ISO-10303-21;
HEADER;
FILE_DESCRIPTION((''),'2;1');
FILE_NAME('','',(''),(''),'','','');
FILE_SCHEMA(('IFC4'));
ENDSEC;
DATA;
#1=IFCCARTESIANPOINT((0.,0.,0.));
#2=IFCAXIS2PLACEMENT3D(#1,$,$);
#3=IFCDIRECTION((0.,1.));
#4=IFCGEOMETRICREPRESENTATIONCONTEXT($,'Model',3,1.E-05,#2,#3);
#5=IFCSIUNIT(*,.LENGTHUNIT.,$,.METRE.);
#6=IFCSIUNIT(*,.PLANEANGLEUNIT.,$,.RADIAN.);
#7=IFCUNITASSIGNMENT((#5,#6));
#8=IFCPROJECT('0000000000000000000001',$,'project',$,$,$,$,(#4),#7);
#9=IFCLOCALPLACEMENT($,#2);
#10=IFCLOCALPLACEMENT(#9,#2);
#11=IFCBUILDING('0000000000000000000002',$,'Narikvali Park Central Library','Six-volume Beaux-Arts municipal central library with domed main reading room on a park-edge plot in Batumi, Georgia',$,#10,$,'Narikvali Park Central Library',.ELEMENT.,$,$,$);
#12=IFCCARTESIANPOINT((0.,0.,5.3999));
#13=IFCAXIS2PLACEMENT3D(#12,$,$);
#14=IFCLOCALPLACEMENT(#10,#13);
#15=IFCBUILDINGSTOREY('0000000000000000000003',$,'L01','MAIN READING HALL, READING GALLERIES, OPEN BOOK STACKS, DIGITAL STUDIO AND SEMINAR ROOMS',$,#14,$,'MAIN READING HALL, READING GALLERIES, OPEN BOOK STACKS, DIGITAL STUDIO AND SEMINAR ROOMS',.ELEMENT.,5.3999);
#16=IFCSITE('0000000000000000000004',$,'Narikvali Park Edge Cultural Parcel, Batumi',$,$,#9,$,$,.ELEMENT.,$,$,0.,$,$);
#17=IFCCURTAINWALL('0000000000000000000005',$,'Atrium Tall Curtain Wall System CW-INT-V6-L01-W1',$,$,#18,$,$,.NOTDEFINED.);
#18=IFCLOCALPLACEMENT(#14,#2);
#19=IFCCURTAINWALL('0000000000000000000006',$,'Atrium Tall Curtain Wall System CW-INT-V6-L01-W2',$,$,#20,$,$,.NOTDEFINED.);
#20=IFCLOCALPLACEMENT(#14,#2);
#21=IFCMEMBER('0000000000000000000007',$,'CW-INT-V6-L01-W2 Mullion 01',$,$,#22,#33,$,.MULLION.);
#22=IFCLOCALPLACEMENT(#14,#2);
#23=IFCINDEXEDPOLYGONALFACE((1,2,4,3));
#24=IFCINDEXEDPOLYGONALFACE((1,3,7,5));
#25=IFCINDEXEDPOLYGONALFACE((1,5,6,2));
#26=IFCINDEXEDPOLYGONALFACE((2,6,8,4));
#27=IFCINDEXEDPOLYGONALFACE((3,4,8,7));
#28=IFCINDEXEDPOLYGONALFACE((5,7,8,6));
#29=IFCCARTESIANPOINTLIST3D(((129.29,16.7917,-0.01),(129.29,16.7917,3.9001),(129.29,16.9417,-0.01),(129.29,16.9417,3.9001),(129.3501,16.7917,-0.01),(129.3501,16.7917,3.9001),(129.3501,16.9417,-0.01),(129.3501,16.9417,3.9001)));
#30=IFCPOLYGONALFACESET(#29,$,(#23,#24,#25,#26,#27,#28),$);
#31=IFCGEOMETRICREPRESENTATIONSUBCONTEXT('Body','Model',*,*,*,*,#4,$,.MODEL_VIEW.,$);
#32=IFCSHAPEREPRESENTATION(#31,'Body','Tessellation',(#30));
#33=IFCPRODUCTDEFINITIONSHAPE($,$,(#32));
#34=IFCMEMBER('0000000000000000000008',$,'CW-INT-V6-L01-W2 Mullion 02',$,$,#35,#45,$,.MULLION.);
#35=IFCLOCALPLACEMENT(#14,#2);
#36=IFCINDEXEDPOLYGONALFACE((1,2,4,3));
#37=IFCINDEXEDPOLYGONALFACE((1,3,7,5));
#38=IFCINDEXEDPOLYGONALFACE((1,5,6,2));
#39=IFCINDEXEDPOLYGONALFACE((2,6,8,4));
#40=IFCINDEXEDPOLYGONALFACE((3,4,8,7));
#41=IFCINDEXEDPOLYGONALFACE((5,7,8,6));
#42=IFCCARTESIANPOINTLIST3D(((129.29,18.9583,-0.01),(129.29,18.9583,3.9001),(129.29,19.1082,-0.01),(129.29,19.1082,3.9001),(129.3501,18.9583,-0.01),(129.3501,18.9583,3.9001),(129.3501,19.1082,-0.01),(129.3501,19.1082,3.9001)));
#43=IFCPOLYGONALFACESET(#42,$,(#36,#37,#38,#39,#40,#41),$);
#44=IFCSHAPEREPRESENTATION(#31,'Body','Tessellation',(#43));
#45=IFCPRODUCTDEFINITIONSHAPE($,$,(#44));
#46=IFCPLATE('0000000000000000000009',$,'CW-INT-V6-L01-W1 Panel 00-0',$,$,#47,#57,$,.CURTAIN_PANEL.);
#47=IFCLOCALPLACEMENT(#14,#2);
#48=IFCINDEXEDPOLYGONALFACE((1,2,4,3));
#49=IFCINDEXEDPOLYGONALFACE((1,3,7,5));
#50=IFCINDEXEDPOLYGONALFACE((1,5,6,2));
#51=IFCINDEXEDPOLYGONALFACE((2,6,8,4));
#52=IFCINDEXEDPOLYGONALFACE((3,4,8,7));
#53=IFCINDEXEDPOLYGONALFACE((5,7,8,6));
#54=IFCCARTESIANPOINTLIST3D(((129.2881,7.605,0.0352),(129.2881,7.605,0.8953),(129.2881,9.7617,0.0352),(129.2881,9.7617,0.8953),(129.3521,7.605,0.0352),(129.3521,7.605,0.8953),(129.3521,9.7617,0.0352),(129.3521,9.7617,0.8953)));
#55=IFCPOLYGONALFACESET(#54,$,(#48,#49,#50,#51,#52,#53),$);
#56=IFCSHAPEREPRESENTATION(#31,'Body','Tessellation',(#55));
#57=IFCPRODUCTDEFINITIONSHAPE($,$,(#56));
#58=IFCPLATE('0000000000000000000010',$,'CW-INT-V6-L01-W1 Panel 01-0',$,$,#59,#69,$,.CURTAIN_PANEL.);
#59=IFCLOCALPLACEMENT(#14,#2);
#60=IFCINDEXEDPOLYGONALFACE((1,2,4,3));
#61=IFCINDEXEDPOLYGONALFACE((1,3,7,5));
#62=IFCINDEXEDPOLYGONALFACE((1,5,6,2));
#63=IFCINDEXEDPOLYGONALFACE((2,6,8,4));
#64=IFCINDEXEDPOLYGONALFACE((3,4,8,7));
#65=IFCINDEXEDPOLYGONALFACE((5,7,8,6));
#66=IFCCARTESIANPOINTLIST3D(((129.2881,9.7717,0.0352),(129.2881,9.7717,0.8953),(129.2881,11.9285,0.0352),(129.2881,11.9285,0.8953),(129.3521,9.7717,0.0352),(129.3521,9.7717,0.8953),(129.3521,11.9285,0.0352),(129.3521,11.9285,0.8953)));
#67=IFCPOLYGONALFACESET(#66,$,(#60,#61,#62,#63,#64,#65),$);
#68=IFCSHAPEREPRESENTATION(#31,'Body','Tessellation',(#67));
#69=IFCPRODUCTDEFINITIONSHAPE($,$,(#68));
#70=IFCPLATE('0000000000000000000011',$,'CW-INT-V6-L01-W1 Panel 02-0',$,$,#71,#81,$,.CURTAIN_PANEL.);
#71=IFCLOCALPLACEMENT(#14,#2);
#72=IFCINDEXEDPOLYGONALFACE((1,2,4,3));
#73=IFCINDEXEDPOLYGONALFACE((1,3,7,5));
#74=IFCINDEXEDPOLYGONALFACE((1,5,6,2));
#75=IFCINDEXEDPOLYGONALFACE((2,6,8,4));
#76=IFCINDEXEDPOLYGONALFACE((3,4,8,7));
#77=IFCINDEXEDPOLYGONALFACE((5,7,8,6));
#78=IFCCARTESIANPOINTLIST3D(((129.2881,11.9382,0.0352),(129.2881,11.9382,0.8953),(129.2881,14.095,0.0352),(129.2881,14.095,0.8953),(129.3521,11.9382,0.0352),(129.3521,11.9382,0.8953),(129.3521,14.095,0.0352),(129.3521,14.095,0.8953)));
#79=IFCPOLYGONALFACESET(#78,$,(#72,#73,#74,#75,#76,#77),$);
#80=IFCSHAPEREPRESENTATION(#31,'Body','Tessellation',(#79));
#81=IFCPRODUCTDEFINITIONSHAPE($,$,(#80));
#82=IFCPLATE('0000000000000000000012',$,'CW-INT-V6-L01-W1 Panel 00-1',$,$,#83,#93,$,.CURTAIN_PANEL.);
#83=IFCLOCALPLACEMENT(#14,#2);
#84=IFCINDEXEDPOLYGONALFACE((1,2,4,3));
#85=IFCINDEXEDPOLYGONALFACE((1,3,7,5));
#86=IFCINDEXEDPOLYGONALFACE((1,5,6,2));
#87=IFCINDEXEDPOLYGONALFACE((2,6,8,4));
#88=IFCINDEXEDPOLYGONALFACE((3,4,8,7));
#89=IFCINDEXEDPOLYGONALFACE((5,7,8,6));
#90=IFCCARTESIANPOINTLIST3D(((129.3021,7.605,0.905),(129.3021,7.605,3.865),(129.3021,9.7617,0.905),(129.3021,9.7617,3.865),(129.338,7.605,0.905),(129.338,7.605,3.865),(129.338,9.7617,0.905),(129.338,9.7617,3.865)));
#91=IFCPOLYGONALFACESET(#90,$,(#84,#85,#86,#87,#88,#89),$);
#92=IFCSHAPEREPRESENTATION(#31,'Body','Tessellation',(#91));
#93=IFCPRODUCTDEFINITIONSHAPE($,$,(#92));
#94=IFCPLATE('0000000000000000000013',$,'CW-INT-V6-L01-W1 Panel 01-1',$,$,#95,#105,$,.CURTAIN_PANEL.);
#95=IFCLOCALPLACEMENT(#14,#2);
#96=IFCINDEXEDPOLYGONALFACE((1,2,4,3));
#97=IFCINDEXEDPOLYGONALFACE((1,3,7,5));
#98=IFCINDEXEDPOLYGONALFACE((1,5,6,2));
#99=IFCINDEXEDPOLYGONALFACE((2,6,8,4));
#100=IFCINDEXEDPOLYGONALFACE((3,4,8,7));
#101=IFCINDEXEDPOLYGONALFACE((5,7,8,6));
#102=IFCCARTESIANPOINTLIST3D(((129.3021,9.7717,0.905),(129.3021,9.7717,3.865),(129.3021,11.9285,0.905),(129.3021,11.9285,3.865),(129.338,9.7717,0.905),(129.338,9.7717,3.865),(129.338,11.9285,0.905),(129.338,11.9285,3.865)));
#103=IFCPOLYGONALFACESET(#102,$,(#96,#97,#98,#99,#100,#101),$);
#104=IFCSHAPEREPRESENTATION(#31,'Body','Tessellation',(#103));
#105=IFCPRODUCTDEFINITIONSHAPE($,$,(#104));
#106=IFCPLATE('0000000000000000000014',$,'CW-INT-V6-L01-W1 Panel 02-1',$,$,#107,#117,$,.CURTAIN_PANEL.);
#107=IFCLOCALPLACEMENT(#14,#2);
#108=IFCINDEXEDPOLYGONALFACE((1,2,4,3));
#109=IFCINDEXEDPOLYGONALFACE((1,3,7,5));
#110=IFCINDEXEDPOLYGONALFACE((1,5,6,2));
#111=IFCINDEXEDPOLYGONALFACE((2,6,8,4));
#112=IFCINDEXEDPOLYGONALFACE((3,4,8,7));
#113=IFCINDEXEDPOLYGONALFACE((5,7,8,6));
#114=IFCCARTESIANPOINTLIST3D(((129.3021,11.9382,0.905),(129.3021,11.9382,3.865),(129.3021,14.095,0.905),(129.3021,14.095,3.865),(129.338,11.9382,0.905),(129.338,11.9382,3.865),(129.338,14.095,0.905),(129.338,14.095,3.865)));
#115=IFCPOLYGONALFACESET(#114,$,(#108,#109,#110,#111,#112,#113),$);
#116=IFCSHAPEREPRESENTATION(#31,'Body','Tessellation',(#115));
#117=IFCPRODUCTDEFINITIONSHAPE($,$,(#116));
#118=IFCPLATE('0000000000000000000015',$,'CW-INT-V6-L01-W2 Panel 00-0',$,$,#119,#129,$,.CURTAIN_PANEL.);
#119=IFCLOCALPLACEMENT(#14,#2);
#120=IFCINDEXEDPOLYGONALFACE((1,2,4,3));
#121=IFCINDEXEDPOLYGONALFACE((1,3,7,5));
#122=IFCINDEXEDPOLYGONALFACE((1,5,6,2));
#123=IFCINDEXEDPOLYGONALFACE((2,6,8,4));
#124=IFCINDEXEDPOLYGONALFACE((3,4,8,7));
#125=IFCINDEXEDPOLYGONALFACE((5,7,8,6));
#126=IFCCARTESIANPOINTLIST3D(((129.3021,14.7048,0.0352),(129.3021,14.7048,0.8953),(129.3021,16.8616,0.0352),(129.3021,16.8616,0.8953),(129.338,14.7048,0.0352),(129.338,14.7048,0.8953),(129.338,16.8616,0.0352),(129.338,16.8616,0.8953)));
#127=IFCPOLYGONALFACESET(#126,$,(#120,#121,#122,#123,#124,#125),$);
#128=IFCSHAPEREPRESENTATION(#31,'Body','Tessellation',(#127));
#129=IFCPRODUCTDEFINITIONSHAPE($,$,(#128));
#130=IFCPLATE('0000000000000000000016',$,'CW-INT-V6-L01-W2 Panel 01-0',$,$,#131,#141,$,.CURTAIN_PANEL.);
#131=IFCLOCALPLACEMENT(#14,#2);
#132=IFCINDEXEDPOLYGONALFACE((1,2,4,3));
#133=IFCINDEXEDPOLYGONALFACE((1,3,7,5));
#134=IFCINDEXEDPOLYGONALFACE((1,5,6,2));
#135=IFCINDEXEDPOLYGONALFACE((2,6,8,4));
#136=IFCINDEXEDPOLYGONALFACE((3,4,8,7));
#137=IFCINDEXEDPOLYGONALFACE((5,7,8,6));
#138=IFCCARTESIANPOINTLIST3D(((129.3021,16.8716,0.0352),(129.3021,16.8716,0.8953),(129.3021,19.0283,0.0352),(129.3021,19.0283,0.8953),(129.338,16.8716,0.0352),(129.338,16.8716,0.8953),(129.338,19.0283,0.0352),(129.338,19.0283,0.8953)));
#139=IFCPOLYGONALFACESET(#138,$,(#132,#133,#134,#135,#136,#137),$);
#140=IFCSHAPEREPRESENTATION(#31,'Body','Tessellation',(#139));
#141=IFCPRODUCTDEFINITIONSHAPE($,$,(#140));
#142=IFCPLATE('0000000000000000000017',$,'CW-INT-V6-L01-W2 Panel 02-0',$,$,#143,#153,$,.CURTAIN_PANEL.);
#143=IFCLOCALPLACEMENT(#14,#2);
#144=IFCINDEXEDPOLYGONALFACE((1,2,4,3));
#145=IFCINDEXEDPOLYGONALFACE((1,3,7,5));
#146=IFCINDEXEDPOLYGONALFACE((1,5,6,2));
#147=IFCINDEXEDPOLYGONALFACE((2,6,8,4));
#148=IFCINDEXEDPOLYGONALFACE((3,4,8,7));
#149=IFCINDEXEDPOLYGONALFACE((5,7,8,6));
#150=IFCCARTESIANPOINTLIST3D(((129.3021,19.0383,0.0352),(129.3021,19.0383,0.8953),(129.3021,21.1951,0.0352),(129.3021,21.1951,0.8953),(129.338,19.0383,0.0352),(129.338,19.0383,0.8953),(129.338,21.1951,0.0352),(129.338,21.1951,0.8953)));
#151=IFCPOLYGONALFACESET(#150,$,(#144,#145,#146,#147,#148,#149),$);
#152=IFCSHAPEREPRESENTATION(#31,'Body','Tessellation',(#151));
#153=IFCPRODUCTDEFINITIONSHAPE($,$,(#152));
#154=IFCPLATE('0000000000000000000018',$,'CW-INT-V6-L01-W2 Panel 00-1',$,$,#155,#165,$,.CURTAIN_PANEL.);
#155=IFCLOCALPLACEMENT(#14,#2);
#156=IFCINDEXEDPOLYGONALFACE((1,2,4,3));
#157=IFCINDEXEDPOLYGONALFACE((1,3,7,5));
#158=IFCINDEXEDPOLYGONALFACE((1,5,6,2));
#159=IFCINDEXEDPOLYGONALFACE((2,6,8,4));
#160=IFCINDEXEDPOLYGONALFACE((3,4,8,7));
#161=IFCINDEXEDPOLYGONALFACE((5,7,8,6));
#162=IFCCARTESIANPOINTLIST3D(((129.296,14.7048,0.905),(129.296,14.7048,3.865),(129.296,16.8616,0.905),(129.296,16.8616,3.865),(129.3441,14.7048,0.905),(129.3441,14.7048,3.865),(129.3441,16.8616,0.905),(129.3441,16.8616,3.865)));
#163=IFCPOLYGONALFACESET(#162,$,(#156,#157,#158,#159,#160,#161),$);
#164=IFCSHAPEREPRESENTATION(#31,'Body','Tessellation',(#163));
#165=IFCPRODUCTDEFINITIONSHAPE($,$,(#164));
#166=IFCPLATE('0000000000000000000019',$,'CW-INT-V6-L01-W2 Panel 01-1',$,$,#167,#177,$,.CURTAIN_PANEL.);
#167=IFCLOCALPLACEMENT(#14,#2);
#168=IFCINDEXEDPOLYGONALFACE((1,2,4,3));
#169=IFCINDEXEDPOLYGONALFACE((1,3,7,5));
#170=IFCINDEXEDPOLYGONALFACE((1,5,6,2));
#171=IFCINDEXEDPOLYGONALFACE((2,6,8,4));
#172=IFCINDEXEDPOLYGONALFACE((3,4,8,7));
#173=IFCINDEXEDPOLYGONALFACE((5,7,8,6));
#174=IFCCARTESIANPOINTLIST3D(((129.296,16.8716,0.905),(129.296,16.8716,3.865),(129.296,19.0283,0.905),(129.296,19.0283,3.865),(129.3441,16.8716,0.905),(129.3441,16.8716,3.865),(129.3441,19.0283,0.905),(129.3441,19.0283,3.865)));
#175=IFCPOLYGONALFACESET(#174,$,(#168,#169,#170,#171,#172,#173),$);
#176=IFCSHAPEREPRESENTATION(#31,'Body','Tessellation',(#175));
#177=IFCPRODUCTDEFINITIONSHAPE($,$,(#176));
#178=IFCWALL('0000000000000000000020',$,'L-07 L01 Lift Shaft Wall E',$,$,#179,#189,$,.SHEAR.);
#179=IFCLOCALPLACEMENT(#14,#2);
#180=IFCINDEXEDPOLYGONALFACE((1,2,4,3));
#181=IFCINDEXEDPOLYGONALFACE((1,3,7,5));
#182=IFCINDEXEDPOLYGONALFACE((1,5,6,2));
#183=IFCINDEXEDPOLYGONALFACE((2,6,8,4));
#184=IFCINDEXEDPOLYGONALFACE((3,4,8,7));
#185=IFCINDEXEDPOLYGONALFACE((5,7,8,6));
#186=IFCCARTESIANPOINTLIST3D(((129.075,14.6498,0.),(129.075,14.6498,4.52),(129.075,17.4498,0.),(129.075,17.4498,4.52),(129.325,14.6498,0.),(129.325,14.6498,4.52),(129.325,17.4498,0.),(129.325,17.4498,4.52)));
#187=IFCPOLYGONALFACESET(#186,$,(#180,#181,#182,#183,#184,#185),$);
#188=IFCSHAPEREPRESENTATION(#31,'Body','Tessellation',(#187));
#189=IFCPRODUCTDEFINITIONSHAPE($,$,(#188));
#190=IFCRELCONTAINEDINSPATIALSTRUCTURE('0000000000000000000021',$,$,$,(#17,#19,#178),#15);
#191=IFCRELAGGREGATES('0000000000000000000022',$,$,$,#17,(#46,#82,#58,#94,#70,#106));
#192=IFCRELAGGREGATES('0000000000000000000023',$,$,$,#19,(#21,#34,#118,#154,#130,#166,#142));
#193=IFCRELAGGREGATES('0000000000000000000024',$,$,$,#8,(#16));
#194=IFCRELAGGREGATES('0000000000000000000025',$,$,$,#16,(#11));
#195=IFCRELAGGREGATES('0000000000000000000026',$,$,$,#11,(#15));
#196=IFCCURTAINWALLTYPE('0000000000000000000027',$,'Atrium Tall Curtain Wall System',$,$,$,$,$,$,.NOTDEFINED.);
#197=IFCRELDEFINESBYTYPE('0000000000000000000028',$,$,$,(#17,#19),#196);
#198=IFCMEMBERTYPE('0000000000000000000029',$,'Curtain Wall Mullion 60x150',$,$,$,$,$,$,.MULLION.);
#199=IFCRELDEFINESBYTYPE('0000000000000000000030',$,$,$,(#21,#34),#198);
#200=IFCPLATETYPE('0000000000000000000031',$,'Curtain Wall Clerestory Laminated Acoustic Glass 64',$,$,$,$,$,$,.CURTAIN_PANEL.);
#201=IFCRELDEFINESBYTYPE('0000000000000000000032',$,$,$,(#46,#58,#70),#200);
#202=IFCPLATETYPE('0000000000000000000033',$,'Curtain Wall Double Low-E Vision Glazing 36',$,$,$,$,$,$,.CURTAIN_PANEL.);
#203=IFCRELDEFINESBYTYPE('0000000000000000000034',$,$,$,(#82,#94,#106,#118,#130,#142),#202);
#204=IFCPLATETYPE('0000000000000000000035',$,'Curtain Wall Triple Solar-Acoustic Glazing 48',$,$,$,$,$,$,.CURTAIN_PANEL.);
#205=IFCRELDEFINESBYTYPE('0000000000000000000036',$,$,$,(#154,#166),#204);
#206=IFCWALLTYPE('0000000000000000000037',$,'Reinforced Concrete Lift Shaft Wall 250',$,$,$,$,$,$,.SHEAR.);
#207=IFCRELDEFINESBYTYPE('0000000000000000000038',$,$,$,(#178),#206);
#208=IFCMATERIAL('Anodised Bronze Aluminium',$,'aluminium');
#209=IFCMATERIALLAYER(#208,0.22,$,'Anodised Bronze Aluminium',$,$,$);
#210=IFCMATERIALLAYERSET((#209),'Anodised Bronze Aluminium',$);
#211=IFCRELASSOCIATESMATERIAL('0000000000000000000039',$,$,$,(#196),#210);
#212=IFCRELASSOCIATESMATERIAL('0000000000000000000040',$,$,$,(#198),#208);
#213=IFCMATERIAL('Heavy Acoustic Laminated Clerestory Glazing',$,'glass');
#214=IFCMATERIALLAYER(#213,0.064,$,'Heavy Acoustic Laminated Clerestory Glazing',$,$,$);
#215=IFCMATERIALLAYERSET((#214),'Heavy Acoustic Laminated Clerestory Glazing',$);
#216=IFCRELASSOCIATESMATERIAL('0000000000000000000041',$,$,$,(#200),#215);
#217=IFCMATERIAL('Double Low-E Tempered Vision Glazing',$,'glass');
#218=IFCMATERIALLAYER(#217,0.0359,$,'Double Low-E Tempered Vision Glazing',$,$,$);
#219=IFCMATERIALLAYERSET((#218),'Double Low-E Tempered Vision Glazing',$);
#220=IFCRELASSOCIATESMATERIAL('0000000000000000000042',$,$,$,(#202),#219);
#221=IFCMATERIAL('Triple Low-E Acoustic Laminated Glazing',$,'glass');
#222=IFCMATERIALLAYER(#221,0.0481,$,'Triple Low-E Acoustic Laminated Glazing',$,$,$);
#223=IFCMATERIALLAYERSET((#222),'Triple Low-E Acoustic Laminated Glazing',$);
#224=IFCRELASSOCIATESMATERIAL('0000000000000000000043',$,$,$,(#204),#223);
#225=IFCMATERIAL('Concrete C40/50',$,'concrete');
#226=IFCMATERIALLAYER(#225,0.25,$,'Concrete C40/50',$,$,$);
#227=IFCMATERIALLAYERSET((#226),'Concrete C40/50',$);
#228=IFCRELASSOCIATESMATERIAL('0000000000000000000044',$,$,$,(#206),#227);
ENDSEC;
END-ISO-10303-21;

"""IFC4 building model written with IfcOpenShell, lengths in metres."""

from ifc_helpers import new_model, si_unit, direction, frame, frame_2d, origin, origin_2d, place, context, subcontext, project, spatial, rectangle, extrude, material, layer, layer_set, material_profile, profile_set, type_object, element, aggregate, save


model = new_model("IFC4")

# Units and contexts
model_context = context("Model", 3, precision=1e-05, world=origin(), true_north=direction((0.0, 1.0)))
body_context = subcontext(model_context, "Body", "Model", "MODEL_VIEW")
ifc_project = project(units=[si_unit("LENGTHUNIT", "METRE"), si_unit("PLANEANGLEUNIT", "RADIAN")], contexts=[model_context])

# Site, building, storey
site_placement = place(None, origin())
site = spatial("IfcSite", under=ifc_project, at=site_placement, Name="Narikvali Park Edge Cultural Parcel, Batumi", CompositionType="ELEMENT", RefElevation=0.0)
building_placement = place(site_placement, origin())
building = spatial("IfcBuilding", under=site, at=building_placement, Name="Narikvali Park Central Library", Description="Six-volume Beaux-Arts municipal central library with domed main reading room on a park-edge plot in Batumi, Georgia", LongName="Narikvali Park Central Library", CompositionType="ELEMENT")
storey_placement = place(building_placement, frame((0.0, 0.0, 5.3999)))
storey = spatial("IfcBuildingStorey", under=building, at=storey_placement, Name="L01", Description="MAIN READING HALL, READING GALLERIES, OPEN BOOK STACKS, DIGITAL STUDIO AND SEMINAR ROOMS", LongName="MAIN READING HALL, READING GALLERIES, OPEN BOOK STACKS, DIGITAL STUDIO AND SEMINAR ROOMS", CompositionType="ELEMENT", Elevation=5.3999)

# Curtain walls
ifc_material_1 = material(Name="Anodised Bronze Aluminium", Category="aluminium")
ifc_layer_1 = layer(ifc_material_1, 0.22, Name="Anodised Bronze Aluminium")
ifc_layer_set_1 = layer_set([ifc_layer_1], Name="Anodised Bronze Aluminium")
curtain_wall_type = type_object("IfcCurtainWallType", Name="Atrium Tall Curtain Wall System", PredefinedType="NOTDEFINED", material=ifc_layer_set_1)
curtain_wall_1_placement = place(storey_placement, origin())
curtain_wall_1 = element("IfcCurtainWall", 1, at=curtain_wall_1_placement, inside=storey, type_object=curtain_wall_type, Name="Atrium Tall Curtain Wall System CW-INT-V6-L01-W1", PredefinedType="NOTDEFINED")
curtain_wall_2_placement = place(storey_placement, origin())
curtain_wall_2 = element("IfcCurtainWall", 2, at=curtain_wall_2_placement, inside=storey, type_object=curtain_wall_type, Name="Atrium Tall Curtain Wall System CW-INT-V6-L01-W2", PredefinedType="NOTDEFINED")

# Members
ifc_material_profile_1 = material_profile(ifc_material_1, rectangle(XDim=0.0601, YDim=0.1499, at=origin_2d()), Name="CW MULLION 60x150")
ifc_profile_set_1 = profile_set([ifc_material_profile_1], Name="Anodised Bronze Aluminium")
member_type_1 = type_object("IfcMemberType", Name="Curtain Wall Mullion 60x150", PredefinedType="MULLION", material=ifc_profile_set_1)
member_1_placement = place(storey_placement, frame((129.3201, 16.8667, -0.01), z_axis=(0.0, 0.0, 1.0), x_axis=(1.0, 0.0, 0.0)))
member_1 = element("IfcMember", 3, at=member_1_placement, type_object=member_type_1, Name="CW-INT-V6-L01-W2 Mullion 01", PredefinedType="MULLION", context=body_context, shape_type="SweptSolid", body=[
    extrude(rectangle(XDim=0.0601, YDim=0.1499, at=origin_2d()), origin(), (0.0, 0.0, 1.0), 3.9102),
])
member_2_placement = place(storey_placement, frame((129.3201, 19.0332, -0.01), z_axis=(0.0, 0.0, 1.0), x_axis=(1.0, 0.0, 0.0)))
member_2 = element("IfcMember", 4, at=member_2_placement, type_object=member_type_1, Name="CW-INT-V6-L01-W2 Mullion 02", PredefinedType="MULLION", context=body_context, shape_type="SweptSolid", body=[
    extrude(rectangle(XDim=0.0601, YDim=0.1499, at=origin_2d()), origin(), (0.0, 0.0, 1.0), 3.9102),
])

# Plates
ifc_material_2 = material(Name="Heavy Acoustic Laminated Clerestory Glazing", Category="glass")
ifc_layer_2 = layer(ifc_material_2, 0.064, Name="Heavy Acoustic Laminated Clerestory Glazing")
ifc_layer_set_2 = layer_set([ifc_layer_2], Name="Heavy Acoustic Laminated Clerestory Glazing")
plate_type_1 = type_object("IfcPlateType", Name="Curtain Wall Clerestory Laminated Acoustic Glass 64", PredefinedType="CURTAIN_PANEL", material=ifc_layer_set_2)
plate_1_placement = place(storey_placement, frame((129.3201, 8.6833, 0.0352), z_axis=(0.0, 0.0, 1.0), x_axis=(0.0, 1.0, 0.0)))
plate_1 = element("IfcPlate", 5, at=plate_1_placement, type_object=plate_type_1, Name="CW-INT-V6-L01-W1 Panel 00-0", PredefinedType="CURTAIN_PANEL", context=body_context, shape_type="SweptSolid", body=[
    extrude(rectangle(XDim=2.1567, YDim=0.064, at=origin_2d()), origin(), (0.0, 0.0, 1.0), 0.8601),
])
plate_2_placement = place(storey_placement, frame((129.3201, 10.8501, 0.0352), z_axis=(0.0, 0.0, 1.0), x_axis=(0.0, 1.0, 0.0)))
plate_2 = element("IfcPlate", 6, at=plate_2_placement, type_object=plate_type_1, Name="CW-INT-V6-L01-W1 Panel 01-0", PredefinedType="CURTAIN_PANEL", context=body_context, shape_type="SweptSolid", body=[
    extrude(rectangle(XDim=2.1567, YDim=0.064, at=origin_2d()), origin(), (0.0, 0.0, 1.0), 0.8601),
])
plate_3_placement = place(storey_placement, frame((129.3201, 13.0166, 0.0352), z_axis=(0.0, 0.0, 1.0), x_axis=(0.0, 1.0, 0.0)))
plate_3 = element("IfcPlate", 7, at=plate_3_placement, type_object=plate_type_1, Name="CW-INT-V6-L01-W1 Panel 02-0", PredefinedType="CURTAIN_PANEL", context=body_context, shape_type="SweptSolid", body=[
    extrude(rectangle(XDim=2.1567, YDim=0.064, at=origin_2d()), origin(), (0.0, 0.0, 1.0), 0.8601),
])
ifc_material_3 = material(Name="Double Low-E Tempered Vision Glazing", Category="glass")
ifc_layer_3 = layer(ifc_material_3, 0.0359, Name="Double Low-E Tempered Vision Glazing")
ifc_layer_set_3 = layer_set([ifc_layer_3], Name="Double Low-E Tempered Vision Glazing")
plate_type_2 = type_object("IfcPlateType", Name="Curtain Wall Double Low-E Vision Glazing 36", PredefinedType="CURTAIN_PANEL", material=ifc_layer_set_3)
plate_4_placement = place(storey_placement, frame((129.3201, 8.6833, 0.905), z_axis=(0.0, 0.0, 1.0), x_axis=(0.0, 1.0, 0.0)))
plate_4 = element("IfcPlate", 8, at=plate_4_placement, type_object=plate_type_2, Name="CW-INT-V6-L01-W1 Panel 00-1", PredefinedType="CURTAIN_PANEL", context=body_context, shape_type="SweptSolid", body=[
    extrude(rectangle(XDim=2.1567, YDim=0.0359, at=origin_2d()), origin(), (0.0, 0.0, 1.0), 2.96),
])
plate_5_placement = place(storey_placement, frame((129.3201, 10.8501, 0.905), z_axis=(0.0, 0.0, 1.0), x_axis=(0.0, 1.0, 0.0)))
plate_5 = element("IfcPlate", 9, at=plate_5_placement, type_object=plate_type_2, Name="CW-INT-V6-L01-W1 Panel 01-1", PredefinedType="CURTAIN_PANEL", context=body_context, shape_type="SweptSolid", body=[
    extrude(rectangle(XDim=2.1567, YDim=0.0359, at=origin_2d()), origin(), (0.0, 0.0, 1.0), 2.96),
])
plate_6_placement = place(storey_placement, frame((129.3201, 13.0166, 0.905), z_axis=(0.0, 0.0, 1.0), x_axis=(0.0, 1.0, 0.0)))
plate_6 = element("IfcPlate", 10, at=plate_6_placement, type_object=plate_type_2, Name="CW-INT-V6-L01-W1 Panel 02-1", PredefinedType="CURTAIN_PANEL", context=body_context, shape_type="SweptSolid", body=[
    extrude(rectangle(XDim=2.1567, YDim=0.0359, at=origin_2d()), origin(), (0.0, 0.0, 1.0), 2.96),
])
aggregate(curtain_wall_1, [plate_1, plate_4, plate_2, plate_5, plate_3, plate_6])
plate_7_placement = place(storey_placement, frame((129.3201, 15.7832, 0.0352), z_axis=(0.0, 0.0, 1.0), x_axis=(0.0, 1.0, 0.0)))
plate_7 = element("IfcPlate", 11, at=plate_7_placement, type_object=plate_type_2, Name="CW-INT-V6-L01-W2 Panel 00-0", PredefinedType="CURTAIN_PANEL", context=body_context, shape_type="SweptSolid", body=[
    extrude(rectangle(XDim=2.1567, YDim=0.0359, at=origin_2d()), origin(), (0.0, 0.0, 1.0), 0.8601),
])
plate_8_placement = place(storey_placement, frame((129.3201, 17.95, 0.0352), z_axis=(0.0, 0.0, 1.0), x_axis=(0.0, 1.0, 0.0)))
plate_8 = element("IfcPlate", 12, at=plate_8_placement, type_object=plate_type_2, Name="CW-INT-V6-L01-W2 Panel 01-0", PredefinedType="CURTAIN_PANEL", context=body_context, shape_type="SweptSolid", body=[
    extrude(rectangle(XDim=2.1567, YDim=0.0359, at=origin_2d()), origin(), (0.0, 0.0, 1.0), 0.8601),
])
plate_9_placement = place(storey_placement, frame((129.3201, 20.1167, 0.0352), z_axis=(0.0, 0.0, 1.0), x_axis=(0.0, 1.0, 0.0)))
plate_9 = element("IfcPlate", 13, at=plate_9_placement, type_object=plate_type_2, Name="CW-INT-V6-L01-W2 Panel 02-0", PredefinedType="CURTAIN_PANEL", context=body_context, shape_type="SweptSolid", body=[
    extrude(rectangle(XDim=2.1567, YDim=0.0359, at=origin_2d()), origin(), (0.0, 0.0, 1.0), 0.8601),
])
ifc_material_4 = material(Name="Triple Low-E Acoustic Laminated Glazing", Category="glass")
ifc_layer_4 = layer(ifc_material_4, 0.0481, Name="Triple Low-E Acoustic Laminated Glazing")
ifc_layer_set_4 = layer_set([ifc_layer_4], Name="Triple Low-E Acoustic Laminated Glazing")
plate_type_3 = type_object("IfcPlateType", Name="Curtain Wall Triple Solar-Acoustic Glazing 48", PredefinedType="CURTAIN_PANEL", material=ifc_layer_set_4)
plate_10_placement = place(storey_placement, frame((129.3201, 15.7832, 0.905), z_axis=(0.0, 0.0, 1.0), x_axis=(0.0, 1.0, 0.0)))
plate_10 = element("IfcPlate", 14, at=plate_10_placement, type_object=plate_type_3, Name="CW-INT-V6-L01-W2 Panel 00-1", PredefinedType="CURTAIN_PANEL", context=body_context, shape_type="SweptSolid", body=[
    extrude(rectangle(XDim=2.1567, YDim=0.0481, at=origin_2d()), origin(), (0.0, 0.0, 1.0), 2.96),
])
plate_11_placement = place(storey_placement, frame((129.3201, 17.95, 0.905), z_axis=(0.0, 0.0, 1.0), x_axis=(0.0, 1.0, 0.0)))
plate_11 = element("IfcPlate", 15, at=plate_11_placement, type_object=plate_type_3, Name="CW-INT-V6-L01-W2 Panel 01-1", PredefinedType="CURTAIN_PANEL", context=body_context, shape_type="SweptSolid", body=[
    extrude(rectangle(XDim=2.1567, YDim=0.0481, at=origin_2d()), origin(), (0.0, 0.0, 1.0), 2.96),
])
aggregate(curtain_wall_2, [member_1, member_2, plate_7, plate_10, plate_8, plate_11, plate_9])

# Wall
ifc_material_5 = material(Name="Concrete C40/50", Category="concrete")
ifc_layer_5 = layer(ifc_material_5, 0.25, Name="Concrete C40/50")
ifc_layer_set_5 = layer_set([ifc_layer_5], Name="Concrete C40/50")
wall_type = type_object("IfcWallType", Name="Reinforced Concrete Lift Shaft Wall 250", PredefinedType="SHEAR", material=ifc_layer_set_5)
wall_1_placement = place(storey_placement, frame((129.2, 14.6499, 0.0), z_axis=(0.0, 0.0, 1.0), x_axis=(0.0, 1.0, 0.0)))
element("IfcWall", 16, at=wall_1_placement, inside=storey, type_object=wall_type, Name="L-07 L01 Lift Shaft Wall E", PredefinedType="SHEAR", context=body_context, shape_type="SweptSolid", body=[
    extrude(rectangle(XDim=2.8, YDim=0.25, at=frame_2d((1.3999, 0.0))), origin(), (0.0, 0.0, 1.0), 4.52),
])

save(model, "model.ifc")
